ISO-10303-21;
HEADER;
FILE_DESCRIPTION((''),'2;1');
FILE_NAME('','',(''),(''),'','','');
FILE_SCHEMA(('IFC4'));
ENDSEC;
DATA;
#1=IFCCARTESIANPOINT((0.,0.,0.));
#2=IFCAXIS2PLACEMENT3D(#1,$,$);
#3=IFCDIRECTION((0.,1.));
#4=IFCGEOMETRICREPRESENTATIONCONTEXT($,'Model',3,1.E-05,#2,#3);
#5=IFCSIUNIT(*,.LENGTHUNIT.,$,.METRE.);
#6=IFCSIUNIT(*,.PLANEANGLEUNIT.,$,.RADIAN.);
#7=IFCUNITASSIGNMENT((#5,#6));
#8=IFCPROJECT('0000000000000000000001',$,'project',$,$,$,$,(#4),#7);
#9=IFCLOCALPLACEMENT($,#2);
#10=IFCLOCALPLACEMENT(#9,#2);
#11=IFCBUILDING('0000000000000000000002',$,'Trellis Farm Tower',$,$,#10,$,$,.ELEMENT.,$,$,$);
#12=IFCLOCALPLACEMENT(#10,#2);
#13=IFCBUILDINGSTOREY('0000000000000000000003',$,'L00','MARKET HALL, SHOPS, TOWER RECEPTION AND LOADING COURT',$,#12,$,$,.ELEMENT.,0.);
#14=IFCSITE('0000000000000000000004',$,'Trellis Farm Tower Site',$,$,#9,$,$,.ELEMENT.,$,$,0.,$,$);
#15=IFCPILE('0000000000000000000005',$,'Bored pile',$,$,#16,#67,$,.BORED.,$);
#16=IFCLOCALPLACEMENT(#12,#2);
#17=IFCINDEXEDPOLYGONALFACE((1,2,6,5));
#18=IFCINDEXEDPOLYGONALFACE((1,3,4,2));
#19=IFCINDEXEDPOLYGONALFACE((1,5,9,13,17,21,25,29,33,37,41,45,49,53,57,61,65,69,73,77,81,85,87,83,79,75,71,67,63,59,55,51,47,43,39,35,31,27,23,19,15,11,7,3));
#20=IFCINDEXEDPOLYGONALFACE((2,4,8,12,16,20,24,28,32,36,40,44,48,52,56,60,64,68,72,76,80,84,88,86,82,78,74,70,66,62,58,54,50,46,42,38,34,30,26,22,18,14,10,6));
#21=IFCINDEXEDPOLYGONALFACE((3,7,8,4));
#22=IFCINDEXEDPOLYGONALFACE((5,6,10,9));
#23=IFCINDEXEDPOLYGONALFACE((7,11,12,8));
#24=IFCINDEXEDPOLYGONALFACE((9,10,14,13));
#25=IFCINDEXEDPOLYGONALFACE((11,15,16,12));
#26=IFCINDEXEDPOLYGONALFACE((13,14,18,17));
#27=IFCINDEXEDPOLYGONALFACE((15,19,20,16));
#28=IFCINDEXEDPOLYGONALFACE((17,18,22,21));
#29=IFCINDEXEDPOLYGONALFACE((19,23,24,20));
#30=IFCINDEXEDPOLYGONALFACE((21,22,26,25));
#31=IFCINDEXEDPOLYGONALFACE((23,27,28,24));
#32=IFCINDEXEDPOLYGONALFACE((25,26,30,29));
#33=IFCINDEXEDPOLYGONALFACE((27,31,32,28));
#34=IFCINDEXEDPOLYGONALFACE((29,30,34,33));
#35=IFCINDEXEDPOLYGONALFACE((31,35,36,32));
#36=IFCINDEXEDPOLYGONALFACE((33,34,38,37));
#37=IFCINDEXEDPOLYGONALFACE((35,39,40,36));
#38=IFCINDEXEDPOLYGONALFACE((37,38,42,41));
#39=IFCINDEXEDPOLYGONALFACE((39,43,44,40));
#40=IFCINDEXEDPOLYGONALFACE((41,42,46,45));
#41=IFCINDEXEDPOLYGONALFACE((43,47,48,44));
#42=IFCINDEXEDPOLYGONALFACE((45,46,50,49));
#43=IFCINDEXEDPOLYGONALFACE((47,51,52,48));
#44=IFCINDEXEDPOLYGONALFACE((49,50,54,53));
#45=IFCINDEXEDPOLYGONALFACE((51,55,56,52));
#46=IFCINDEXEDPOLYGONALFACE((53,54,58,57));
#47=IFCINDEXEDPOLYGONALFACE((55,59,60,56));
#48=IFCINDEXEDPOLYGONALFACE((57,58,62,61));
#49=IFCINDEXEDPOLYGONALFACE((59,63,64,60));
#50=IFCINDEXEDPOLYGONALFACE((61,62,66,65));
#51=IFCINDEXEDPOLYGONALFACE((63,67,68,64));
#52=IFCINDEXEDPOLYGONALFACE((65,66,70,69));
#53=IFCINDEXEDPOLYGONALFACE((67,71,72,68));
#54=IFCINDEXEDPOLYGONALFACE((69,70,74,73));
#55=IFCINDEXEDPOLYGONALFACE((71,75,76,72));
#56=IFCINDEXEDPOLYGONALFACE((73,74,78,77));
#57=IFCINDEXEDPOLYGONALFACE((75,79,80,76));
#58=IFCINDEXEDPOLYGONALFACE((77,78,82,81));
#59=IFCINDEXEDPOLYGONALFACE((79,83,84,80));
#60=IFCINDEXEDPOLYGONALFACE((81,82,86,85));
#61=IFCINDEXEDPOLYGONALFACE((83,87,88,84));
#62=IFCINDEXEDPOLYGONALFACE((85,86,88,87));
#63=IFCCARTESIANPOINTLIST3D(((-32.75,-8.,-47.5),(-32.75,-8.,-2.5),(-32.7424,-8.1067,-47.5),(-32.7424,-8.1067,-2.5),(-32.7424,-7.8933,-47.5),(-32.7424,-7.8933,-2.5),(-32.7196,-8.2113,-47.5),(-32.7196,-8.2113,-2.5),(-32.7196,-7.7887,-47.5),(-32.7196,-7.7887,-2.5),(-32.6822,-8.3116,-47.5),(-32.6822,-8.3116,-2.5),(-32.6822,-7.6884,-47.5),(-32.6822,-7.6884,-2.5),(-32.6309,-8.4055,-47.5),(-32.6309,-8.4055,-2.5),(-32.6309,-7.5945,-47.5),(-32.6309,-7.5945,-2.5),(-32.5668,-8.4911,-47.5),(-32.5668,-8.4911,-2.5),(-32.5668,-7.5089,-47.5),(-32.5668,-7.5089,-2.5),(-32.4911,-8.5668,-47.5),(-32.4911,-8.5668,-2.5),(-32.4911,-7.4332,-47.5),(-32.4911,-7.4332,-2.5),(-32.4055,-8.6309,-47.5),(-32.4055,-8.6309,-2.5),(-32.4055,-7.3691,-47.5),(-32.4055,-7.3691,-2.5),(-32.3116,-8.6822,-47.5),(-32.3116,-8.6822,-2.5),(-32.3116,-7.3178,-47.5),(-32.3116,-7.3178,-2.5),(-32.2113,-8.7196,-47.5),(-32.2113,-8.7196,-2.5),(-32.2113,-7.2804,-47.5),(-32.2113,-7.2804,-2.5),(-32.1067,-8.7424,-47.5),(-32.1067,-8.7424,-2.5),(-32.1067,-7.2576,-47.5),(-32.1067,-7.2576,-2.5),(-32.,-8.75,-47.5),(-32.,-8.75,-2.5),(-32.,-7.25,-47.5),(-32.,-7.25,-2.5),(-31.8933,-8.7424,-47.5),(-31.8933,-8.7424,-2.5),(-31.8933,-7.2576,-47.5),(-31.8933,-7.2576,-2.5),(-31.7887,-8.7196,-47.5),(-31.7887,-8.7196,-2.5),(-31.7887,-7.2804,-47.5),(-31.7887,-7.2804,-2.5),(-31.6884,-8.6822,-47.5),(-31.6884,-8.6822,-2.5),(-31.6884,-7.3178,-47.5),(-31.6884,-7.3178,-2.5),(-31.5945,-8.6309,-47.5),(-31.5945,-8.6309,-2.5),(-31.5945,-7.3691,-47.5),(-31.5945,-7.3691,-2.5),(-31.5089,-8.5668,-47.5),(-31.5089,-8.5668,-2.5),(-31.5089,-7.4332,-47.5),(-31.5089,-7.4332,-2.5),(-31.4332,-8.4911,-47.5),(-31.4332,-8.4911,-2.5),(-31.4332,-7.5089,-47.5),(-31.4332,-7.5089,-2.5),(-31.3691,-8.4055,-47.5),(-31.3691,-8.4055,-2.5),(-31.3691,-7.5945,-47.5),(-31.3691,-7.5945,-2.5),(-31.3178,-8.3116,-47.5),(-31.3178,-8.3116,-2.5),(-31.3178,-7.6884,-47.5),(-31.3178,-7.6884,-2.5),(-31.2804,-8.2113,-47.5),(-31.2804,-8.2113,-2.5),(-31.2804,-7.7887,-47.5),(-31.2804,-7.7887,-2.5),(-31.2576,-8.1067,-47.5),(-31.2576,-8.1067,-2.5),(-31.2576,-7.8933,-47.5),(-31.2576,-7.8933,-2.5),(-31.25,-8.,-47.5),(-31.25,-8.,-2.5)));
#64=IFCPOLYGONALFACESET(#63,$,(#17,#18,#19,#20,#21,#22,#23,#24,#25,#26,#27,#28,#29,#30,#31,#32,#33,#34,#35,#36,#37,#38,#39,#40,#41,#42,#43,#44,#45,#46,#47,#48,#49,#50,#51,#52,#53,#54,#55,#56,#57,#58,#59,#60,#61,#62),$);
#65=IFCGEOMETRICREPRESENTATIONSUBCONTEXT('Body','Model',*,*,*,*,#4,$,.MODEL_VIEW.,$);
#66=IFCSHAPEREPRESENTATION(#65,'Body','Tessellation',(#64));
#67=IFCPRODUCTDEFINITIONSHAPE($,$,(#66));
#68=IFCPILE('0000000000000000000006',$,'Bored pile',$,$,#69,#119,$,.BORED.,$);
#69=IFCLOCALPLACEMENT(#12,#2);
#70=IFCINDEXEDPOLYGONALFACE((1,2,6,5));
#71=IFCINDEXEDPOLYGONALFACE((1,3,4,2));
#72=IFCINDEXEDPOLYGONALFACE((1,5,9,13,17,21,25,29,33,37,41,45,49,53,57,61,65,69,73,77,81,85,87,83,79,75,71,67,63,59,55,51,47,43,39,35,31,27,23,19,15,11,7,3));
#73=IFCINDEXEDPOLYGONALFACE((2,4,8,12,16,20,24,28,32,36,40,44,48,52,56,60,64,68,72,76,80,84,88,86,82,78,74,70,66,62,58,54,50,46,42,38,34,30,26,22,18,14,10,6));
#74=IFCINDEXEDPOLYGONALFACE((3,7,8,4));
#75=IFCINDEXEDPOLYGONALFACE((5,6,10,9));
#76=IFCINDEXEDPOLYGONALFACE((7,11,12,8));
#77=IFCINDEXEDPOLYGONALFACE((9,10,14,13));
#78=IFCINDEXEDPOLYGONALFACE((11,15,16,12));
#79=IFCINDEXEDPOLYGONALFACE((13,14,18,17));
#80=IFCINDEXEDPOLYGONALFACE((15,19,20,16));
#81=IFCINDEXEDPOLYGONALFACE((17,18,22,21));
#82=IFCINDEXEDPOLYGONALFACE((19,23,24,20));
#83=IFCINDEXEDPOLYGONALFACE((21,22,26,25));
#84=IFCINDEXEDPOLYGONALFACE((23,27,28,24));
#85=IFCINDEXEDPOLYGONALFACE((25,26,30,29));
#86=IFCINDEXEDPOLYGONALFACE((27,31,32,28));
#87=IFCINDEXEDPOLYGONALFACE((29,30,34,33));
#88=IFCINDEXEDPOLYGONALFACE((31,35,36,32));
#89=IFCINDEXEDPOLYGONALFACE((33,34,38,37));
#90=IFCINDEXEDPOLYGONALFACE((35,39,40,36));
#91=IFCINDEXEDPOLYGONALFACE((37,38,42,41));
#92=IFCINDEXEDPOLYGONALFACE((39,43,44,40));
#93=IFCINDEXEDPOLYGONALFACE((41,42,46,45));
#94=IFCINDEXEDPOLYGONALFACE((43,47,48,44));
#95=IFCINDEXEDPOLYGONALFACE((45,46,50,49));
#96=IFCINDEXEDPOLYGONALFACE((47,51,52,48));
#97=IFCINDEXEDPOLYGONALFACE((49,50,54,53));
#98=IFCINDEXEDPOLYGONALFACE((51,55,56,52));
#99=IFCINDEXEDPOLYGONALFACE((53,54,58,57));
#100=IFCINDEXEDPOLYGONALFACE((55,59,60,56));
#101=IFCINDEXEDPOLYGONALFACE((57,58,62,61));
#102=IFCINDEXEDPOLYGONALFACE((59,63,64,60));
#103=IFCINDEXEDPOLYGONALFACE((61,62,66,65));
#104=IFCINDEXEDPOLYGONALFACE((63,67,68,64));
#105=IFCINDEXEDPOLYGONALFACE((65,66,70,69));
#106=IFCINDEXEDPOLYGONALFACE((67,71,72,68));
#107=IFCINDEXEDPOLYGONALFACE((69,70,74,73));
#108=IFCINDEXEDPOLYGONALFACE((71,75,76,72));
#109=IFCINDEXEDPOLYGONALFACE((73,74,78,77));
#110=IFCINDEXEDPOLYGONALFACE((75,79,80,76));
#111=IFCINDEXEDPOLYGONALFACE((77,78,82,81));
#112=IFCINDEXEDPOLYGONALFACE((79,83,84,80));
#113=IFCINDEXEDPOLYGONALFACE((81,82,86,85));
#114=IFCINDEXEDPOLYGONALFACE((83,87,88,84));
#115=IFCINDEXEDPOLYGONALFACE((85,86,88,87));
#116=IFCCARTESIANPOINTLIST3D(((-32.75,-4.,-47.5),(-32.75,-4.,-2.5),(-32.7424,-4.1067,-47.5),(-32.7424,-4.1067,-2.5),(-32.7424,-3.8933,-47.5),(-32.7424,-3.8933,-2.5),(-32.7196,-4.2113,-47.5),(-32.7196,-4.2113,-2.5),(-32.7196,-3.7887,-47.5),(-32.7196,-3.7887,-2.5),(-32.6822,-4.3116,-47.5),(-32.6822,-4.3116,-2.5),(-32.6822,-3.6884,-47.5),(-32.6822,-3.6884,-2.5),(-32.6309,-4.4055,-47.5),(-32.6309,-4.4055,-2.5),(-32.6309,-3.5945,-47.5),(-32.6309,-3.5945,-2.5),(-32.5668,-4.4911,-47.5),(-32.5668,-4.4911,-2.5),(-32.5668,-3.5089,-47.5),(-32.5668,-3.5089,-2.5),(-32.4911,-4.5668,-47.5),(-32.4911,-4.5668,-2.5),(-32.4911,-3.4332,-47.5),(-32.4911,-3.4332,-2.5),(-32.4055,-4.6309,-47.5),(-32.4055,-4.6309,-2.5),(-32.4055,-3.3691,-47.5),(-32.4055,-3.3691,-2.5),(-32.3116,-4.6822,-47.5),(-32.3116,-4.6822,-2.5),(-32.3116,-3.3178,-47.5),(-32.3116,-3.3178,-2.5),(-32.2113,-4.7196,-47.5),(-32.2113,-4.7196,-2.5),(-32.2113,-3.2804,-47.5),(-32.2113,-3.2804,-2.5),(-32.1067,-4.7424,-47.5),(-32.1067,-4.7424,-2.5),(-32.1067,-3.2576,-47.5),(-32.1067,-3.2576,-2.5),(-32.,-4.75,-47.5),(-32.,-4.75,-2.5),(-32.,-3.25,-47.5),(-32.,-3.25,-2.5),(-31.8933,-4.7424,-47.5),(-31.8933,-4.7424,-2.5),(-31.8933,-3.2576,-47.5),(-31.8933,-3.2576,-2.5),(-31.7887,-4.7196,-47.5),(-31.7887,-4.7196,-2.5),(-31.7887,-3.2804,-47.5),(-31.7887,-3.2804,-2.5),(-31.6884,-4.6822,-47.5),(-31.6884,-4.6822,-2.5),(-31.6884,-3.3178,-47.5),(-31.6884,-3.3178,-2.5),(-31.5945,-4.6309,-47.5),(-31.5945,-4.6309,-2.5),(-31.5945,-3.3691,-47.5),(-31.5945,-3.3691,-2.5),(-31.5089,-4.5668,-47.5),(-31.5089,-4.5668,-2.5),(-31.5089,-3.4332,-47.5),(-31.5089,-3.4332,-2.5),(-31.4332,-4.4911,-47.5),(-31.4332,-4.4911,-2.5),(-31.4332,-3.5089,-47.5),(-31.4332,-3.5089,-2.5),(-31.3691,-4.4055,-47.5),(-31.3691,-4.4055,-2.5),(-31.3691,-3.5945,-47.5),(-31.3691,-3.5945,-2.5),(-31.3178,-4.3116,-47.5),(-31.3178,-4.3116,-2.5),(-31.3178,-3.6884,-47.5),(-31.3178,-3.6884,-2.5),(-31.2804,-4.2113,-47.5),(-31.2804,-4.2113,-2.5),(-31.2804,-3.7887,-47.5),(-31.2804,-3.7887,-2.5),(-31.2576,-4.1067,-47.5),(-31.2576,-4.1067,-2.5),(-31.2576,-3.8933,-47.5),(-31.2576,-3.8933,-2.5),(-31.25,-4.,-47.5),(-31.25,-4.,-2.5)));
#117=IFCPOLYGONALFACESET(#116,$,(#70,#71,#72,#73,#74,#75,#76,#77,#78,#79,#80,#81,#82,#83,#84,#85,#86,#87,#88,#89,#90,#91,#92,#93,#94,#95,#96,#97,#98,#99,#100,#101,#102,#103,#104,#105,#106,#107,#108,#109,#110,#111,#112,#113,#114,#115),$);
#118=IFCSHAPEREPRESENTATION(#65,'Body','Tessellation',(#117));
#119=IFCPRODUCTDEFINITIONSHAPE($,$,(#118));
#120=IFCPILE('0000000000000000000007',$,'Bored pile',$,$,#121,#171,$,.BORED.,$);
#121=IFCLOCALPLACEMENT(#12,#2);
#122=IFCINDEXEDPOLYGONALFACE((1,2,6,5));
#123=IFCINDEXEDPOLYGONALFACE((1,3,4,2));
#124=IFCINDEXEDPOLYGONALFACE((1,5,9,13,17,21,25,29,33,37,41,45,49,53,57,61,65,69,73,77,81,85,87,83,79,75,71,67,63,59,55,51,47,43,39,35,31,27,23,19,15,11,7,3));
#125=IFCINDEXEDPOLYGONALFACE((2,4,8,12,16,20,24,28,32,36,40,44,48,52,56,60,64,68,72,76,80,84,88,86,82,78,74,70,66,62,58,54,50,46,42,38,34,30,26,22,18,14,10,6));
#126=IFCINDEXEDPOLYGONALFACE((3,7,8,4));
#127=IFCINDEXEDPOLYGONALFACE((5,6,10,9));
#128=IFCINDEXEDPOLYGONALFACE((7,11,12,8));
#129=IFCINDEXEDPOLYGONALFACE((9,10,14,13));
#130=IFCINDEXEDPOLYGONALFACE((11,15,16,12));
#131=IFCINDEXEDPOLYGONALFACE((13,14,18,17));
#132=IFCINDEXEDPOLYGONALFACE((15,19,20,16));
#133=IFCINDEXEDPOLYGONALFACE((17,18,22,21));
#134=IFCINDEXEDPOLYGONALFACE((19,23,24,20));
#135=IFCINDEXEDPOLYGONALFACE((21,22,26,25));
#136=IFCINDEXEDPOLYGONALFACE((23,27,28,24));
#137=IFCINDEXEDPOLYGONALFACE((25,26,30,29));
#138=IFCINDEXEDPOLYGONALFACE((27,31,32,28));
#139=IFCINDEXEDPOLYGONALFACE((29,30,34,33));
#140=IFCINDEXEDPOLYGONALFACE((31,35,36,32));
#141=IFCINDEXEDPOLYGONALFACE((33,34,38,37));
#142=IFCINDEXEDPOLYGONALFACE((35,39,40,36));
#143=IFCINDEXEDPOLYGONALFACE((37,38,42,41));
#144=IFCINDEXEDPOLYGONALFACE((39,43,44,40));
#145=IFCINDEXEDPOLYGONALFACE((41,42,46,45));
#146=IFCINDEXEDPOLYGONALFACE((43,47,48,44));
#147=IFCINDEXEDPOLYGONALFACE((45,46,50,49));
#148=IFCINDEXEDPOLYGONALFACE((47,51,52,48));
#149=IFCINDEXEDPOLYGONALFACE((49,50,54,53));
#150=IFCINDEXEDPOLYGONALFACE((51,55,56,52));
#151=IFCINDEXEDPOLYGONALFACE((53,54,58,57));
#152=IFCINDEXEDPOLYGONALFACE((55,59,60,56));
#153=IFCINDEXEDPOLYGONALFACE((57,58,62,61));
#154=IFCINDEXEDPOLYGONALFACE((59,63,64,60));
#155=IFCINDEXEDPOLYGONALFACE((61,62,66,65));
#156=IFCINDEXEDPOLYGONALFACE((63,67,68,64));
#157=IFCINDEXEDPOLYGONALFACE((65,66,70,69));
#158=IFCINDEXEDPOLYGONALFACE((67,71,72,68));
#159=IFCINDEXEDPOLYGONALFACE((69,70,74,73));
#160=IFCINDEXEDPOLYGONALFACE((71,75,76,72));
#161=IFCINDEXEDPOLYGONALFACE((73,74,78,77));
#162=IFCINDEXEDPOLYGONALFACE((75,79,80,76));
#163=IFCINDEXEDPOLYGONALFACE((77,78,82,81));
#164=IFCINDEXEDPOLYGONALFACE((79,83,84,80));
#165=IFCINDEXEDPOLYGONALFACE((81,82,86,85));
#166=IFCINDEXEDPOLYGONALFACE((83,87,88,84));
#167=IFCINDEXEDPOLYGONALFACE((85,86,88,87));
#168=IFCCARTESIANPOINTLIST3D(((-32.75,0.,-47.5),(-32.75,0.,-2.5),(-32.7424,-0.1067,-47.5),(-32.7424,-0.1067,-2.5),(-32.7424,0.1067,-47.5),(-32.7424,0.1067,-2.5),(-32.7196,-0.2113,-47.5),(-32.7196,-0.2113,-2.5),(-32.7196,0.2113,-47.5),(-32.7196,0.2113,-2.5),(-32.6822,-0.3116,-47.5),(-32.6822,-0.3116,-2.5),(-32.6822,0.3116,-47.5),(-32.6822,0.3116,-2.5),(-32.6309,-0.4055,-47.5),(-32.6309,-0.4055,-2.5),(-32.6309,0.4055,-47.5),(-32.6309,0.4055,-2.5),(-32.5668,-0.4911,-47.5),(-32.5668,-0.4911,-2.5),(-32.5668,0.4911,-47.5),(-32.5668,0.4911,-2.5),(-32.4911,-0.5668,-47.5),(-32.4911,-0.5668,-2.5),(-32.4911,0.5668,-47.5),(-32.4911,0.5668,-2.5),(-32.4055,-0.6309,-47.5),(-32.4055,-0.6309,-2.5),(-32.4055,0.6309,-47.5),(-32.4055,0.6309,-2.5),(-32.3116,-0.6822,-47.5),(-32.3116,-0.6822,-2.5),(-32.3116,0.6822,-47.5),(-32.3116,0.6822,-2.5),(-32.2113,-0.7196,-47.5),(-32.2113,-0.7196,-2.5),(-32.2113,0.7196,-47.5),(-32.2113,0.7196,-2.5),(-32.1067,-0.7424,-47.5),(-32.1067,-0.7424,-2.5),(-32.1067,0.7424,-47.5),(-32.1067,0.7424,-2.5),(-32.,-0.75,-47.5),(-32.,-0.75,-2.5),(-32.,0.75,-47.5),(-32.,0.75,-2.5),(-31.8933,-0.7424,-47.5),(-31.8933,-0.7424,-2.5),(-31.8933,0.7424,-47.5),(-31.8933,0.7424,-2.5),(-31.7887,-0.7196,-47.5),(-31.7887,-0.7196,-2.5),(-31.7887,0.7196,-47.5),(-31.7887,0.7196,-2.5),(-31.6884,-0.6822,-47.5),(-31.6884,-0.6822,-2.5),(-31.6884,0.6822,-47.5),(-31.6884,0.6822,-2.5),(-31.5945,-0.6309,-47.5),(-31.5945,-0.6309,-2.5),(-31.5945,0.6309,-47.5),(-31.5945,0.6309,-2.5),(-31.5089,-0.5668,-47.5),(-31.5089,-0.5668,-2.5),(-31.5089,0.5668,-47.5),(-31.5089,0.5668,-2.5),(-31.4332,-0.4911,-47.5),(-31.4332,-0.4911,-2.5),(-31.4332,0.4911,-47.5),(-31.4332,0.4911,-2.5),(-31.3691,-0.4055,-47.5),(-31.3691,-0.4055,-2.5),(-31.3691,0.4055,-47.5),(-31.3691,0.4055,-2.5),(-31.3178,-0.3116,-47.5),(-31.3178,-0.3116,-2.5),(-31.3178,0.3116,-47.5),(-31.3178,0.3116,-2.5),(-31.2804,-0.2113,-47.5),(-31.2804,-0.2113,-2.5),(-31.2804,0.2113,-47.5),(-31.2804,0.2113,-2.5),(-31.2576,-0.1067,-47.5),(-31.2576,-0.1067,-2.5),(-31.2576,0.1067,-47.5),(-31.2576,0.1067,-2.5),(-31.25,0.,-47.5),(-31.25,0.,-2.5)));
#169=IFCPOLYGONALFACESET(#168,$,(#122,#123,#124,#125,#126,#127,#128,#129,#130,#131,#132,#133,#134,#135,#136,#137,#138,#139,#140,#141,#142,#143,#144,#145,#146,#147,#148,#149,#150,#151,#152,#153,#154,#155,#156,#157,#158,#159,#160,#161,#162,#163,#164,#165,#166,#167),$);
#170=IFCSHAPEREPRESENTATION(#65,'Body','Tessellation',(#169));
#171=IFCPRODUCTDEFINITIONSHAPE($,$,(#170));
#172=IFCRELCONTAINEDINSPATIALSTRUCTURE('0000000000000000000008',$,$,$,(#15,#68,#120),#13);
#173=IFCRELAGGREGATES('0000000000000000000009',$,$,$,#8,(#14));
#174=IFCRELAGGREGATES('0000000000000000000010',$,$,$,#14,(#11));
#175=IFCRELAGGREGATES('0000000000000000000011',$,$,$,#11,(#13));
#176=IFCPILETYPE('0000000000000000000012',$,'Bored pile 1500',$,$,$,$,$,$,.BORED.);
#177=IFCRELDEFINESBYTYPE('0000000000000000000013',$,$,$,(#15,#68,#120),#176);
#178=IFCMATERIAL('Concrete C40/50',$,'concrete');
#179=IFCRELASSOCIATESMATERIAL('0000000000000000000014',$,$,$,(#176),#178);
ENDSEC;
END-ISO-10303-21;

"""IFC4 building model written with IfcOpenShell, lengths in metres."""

from ifc_helpers import new_model, si_unit, direction, frame, origin, origin_2d, place, context, subcontext, project, spatial, circle, extrude, source, transform, mapped, material, material_profile, profile_set, type_object, element, save


model = new_model("IFC4")

# Units and contexts
model_context = context("Model", 3, precision=1e-05, world=origin(), true_north=direction((0.0, 1.0)))
body_context = subcontext(model_context, "Body", "Model", "MODEL_VIEW")
ifc_project = project(units=[si_unit("LENGTHUNIT", "METRE"), si_unit("PLANEANGLEUNIT", "RADIAN")], contexts=[model_context])

# Site, building, storey
site_placement = place(None, origin())
site = spatial("IfcSite", under=ifc_project, at=site_placement, Name="Trellis Farm Tower Site", CompositionType="ELEMENT", RefElevation=0.0)
building_placement = place(site_placement, origin())
building = spatial("IfcBuilding", under=site, at=building_placement, Name="Trellis Farm Tower", CompositionType="ELEMENT")
storey_placement = place(building_placement, origin())
storey = spatial("IfcBuildingStorey", under=building, at=storey_placement, Name="L00", Description="MARKET HALL, SHOPS, TOWER RECEPTION AND LOADING COURT", CompositionType="ELEMENT", Elevation=0.0)

# Piles
ifc_material_1 = material(Name="Concrete C40/50", Category="concrete")
ifc_material_profile_1 = material_profile(ifc_material_1, circle(Radius=0.75, at=origin_2d()), Name="Bored pile 1500")
ifc_profile_set_1 = profile_set([ifc_material_profile_1], Name="Concrete C40/50")
pile_type = type_object("IfcPileType", Name="Bored pile 1500", PredefinedType="BORED", material=ifc_profile_set_1)
shared_shape_1 = source(origin(), body_context, "Body", "SweptSolid", [
    extrude(circle(Radius=0.75, at=origin_2d()), origin(), (0.0, 0.0, 1.0), 45.0),
])
for number, where, z_axis, x_axis, name in (
    (1, (-32.0, -8.0, -2.5), (0.0, 0.0, -1.0), (1.0, 0.0, 0.0), "Bored pile"),
    (2, (-32.0, -4.0, -2.5), (0.0, 0.0, -1.0), (1.0, 0.0, 0.0), "Bored pile"),
    (3, (-32.0, 0.0, -2.5), (0.0, 0.0, -1.0), (1.0, 0.0, 0.0), "Bored pile"),
):
    element("IfcPile", number, at=place(storey_placement, frame(where, z_axis=z_axis, x_axis=x_axis)), inside=storey, type_object=pile_type, Name=name, PredefinedType="BORED", context=body_context, shape_type="MappedRepresentation", body=[
        mapped(shared_shape_1, transform((0.0, 0.0, 0.0))),
    ])

save(model, "model.ifc")
